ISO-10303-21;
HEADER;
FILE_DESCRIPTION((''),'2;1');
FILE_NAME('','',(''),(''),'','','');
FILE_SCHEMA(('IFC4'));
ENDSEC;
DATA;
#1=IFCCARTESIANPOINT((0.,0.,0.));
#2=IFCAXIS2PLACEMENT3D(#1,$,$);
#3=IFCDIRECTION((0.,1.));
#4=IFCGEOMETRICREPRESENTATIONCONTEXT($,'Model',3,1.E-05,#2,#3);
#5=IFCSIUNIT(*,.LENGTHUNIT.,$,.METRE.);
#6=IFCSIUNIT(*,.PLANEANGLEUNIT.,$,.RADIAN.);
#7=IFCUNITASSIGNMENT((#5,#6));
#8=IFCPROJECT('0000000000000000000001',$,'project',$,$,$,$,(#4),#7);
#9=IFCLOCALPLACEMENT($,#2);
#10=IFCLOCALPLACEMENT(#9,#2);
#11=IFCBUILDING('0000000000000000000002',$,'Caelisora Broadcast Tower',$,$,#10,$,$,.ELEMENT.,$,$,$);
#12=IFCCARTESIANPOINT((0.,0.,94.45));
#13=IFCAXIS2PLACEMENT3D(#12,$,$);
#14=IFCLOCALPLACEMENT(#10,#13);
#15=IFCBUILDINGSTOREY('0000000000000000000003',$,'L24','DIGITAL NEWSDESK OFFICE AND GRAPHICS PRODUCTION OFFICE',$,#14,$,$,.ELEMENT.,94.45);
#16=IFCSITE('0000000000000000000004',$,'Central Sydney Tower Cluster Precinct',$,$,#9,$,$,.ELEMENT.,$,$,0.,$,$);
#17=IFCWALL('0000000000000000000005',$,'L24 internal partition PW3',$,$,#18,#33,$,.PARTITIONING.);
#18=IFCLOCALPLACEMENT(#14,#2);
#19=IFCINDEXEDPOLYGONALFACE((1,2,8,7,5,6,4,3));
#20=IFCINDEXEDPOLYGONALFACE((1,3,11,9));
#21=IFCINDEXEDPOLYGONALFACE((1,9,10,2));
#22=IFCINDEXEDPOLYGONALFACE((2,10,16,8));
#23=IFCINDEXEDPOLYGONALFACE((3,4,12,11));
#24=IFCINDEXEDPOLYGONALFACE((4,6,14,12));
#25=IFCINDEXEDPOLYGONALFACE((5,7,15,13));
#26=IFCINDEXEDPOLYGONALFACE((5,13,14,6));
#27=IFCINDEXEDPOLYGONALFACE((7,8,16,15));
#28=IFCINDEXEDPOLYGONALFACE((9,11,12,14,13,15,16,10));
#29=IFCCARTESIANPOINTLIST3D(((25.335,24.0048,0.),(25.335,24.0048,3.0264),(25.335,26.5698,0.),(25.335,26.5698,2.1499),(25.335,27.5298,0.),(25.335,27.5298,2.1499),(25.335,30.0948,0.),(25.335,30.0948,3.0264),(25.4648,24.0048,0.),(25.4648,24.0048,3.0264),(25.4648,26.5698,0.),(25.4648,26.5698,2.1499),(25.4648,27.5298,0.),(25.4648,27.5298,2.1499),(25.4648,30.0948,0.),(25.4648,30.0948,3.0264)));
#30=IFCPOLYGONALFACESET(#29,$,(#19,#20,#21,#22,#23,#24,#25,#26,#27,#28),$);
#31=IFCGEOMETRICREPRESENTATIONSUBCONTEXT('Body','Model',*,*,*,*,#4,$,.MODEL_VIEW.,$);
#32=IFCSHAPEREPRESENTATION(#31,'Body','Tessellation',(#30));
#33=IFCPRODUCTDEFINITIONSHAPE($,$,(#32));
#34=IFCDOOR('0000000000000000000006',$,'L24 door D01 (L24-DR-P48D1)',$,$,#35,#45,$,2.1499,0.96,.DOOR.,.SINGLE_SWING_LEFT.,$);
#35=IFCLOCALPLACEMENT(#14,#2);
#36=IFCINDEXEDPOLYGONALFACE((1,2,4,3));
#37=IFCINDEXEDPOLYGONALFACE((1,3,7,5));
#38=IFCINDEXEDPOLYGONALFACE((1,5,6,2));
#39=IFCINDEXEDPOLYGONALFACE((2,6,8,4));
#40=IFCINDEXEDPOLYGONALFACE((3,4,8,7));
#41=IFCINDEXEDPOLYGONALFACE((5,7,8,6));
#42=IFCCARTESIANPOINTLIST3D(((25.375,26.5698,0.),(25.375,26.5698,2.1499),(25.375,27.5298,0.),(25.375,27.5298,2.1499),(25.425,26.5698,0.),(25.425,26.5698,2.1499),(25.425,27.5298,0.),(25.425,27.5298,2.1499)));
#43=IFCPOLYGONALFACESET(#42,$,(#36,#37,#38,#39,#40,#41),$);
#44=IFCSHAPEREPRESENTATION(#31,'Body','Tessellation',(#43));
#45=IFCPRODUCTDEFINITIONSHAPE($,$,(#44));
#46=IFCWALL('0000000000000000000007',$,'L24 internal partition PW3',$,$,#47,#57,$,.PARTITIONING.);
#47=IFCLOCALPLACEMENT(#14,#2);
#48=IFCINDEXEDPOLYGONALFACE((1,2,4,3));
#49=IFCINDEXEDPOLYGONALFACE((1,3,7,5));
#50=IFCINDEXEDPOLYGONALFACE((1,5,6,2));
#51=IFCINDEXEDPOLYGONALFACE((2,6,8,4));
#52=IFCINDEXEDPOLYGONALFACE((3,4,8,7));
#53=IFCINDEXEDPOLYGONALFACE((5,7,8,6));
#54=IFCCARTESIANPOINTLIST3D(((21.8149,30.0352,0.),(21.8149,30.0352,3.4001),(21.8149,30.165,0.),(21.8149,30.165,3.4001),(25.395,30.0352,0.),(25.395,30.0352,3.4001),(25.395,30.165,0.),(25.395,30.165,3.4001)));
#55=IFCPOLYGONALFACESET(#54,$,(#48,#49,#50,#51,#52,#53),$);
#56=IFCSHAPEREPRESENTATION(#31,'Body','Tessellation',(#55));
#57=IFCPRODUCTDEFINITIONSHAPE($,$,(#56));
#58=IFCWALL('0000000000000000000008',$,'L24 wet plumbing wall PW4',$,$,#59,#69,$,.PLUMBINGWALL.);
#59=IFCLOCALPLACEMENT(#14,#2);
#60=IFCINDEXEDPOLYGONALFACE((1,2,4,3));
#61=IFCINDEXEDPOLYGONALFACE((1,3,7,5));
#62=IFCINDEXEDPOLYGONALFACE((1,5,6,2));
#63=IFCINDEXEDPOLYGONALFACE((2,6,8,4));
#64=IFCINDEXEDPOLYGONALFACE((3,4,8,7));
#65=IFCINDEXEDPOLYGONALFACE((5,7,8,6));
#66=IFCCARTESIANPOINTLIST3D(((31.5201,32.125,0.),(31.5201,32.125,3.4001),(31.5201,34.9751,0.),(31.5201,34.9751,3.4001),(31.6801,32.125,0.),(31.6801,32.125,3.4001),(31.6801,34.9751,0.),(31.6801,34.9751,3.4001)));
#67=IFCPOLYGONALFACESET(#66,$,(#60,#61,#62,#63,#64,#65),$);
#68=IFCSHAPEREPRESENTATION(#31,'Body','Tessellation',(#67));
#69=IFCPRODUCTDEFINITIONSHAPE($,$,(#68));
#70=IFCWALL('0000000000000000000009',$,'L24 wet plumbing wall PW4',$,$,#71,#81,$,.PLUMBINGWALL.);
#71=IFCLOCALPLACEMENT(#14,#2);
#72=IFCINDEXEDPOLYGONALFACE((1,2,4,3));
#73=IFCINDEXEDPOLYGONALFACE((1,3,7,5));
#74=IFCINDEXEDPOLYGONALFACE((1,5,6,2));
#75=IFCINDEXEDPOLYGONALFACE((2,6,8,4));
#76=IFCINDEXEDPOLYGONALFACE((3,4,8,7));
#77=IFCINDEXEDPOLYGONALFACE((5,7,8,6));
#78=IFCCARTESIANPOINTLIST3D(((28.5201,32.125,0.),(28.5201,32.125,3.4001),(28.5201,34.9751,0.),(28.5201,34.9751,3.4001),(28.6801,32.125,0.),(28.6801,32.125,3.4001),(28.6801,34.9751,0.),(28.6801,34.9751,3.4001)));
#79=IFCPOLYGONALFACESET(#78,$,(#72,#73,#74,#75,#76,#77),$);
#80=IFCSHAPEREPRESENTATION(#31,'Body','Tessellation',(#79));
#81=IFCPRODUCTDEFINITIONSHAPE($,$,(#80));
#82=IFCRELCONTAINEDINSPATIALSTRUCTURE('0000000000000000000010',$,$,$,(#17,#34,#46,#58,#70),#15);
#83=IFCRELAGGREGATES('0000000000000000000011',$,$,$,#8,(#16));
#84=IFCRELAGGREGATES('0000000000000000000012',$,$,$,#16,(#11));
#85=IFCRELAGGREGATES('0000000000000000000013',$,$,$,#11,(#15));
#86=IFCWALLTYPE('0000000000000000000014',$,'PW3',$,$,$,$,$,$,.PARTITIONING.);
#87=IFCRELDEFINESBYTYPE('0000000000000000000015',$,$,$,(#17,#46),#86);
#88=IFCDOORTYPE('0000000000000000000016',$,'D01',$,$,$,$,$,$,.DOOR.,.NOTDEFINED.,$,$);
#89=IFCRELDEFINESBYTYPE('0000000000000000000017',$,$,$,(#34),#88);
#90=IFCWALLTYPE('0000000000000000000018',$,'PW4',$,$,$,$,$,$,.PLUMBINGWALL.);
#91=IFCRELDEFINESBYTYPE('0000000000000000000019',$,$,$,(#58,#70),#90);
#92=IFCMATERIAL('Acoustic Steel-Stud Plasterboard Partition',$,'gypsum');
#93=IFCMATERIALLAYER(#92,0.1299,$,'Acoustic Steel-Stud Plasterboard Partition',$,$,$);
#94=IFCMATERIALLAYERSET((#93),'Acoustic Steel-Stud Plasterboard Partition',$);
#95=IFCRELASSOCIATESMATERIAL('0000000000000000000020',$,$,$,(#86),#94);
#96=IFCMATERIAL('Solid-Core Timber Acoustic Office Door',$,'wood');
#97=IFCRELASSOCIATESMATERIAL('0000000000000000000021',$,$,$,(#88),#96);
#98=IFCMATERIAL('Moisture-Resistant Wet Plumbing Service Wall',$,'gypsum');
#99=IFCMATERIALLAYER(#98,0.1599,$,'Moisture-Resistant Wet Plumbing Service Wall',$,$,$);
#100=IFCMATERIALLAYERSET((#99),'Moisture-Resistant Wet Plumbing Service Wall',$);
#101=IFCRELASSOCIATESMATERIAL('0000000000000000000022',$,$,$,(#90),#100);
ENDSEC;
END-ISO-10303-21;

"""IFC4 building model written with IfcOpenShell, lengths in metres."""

from ifc_helpers import new_model, si_unit, direction, frame, frame_2d, origin, place, context, subcontext, project, spatial, rectangle, extrude, material, layer, layer_set, type_object, element, fill, save


model = new_model("IFC4")

# Units and contexts
model_context = context("Model", 3, precision=1e-05, world=origin(), true_north=direction((0.0, 1.0)))
body_context = subcontext(model_context, "Body", "Model", "MODEL_VIEW")
ifc_project = project(units=[si_unit("LENGTHUNIT", "METRE"), si_unit("PLANEANGLEUNIT", "RADIAN")], contexts=[model_context])

# Site, building, storey
site_placement = place(None, origin())
site = spatial("IfcSite", under=ifc_project, at=site_placement, Name="Central Sydney Tower Cluster Precinct", CompositionType="ELEMENT", RefElevation=0.0)
building_placement = place(site_placement, origin())
building = spatial("IfcBuilding", under=site, at=building_placement, Name="Caelisora Broadcast Tower", CompositionType="ELEMENT")
storey_placement = place(building_placement, frame((0.0, 0.0, 94.45)))
storey = spatial("IfcBuildingStorey", under=building, at=storey_placement, Name="L24", Description="DIGITAL NEWSDESK OFFICE AND GRAPHICS PRODUCTION OFFICE", CompositionType="ELEMENT", Elevation=94.45)

# Wall, opening, door
ifc_material_1 = material(Name="Acoustic Steel-Stud Plasterboard Partition", Category="gypsum")
ifc_layer_1 = layer(ifc_material_1, 0.1299, Name="Acoustic Steel-Stud Plasterboard Partition")
ifc_layer_set_1 = layer_set([ifc_layer_1], Name="Acoustic Steel-Stud Plasterboard Partition")
wall_type_1 = type_object("IfcWallType", Name="PW3", PredefinedType="PARTITIONING", material=ifc_layer_set_1)
wall_1_placement = place(storey_placement, frame((25.3999, 24.0049, 0.0), z_axis=(0.0, 0.0, 1.0), x_axis=(0.0, 1.0, 0.0)))
wall_1 = element("IfcWall", 1, at=wall_1_placement, inside=storey, type_object=wall_type_1, Name="L24 internal partition PW3", PredefinedType="PARTITIONING", context=body_context, shape_type="SweptSolid", body=[
    extrude(rectangle(XDim=6.0901, YDim=0.1299, at=frame_2d((3.0449, 0.0))), origin(), (0.0, 0.0, 1.0), 3.0264),
])
opening_placement = place(wall_1_placement, frame((2.5649, 0.0, 0.0)))
opening = element("IfcOpeningElement", 2, at=opening_placement, cuts=wall_1, PredefinedType="OPENING", context=body_context, shape_type="SweptSolid", body=[
    extrude(rectangle(XDim=0.96, YDim=2.1499, at=frame_2d((0.48, 1.075))), frame((0.0, 0.0769, 0.0), z_axis=(0.0, -1.0, 0.0), x_axis=(1.0, 0.0, 0.0)), (0.0, 0.0, 1.0), 0.1538),
])
ifc_material_2 = material(Name="Solid-Core Timber Acoustic Office Door", Category="wood")
door_type = type_object("IfcDoorType", Name="D01", OperationType="NOTDEFINED", PredefinedType="DOOR", material=ifc_material_2)
door_placement = place(opening_placement, origin())
door = element("IfcDoor", 3, at=door_placement, inside=storey, type_object=door_type, Name="L24 door D01 (L24-DR-P48D1)", OperationType="SINGLE_SWING_LEFT", OverallHeight=2.1499, OverallWidth=0.96, PredefinedType="DOOR", context=body_context, shape_type="SweptSolid", body=[
    extrude(rectangle(XDim=0.96, YDim=2.1499, at=frame_2d((0.48, 1.075))), frame((0.0, 0.0249, 0.0), z_axis=(0.0, -1.0, 0.0), x_axis=(1.0, 0.0, 0.0)), (0.0, 0.0, 1.0), 0.05),
])
fill(opening, door)

# Walls
wall_2_placement = place(storey_placement, frame((25.395, 30.1001, 0.0), z_axis=(0.0, 0.0, 1.0), x_axis=(-1.0, 0.0, 0.0)))
element("IfcWall", 4, at=wall_2_placement, inside=storey, type_object=wall_type_1, Name="L24 internal partition PW3", PredefinedType="PARTITIONING", context=body_context, shape_type="SweptSolid", body=[
    extrude(rectangle(XDim=3.5801, YDim=0.1299, at=frame_2d((1.79, 0.0))), origin(), (0.0, 0.0, 1.0), 3.4001),
])
ifc_material_3 = material(Name="Moisture-Resistant Wet Plumbing Service Wall", Category="gypsum")
ifc_layer_2 = layer(ifc_material_3, 0.1599, Name="Moisture-Resistant Wet Plumbing Service Wall")
ifc_layer_set_2 = layer_set([ifc_layer_2], Name="Moisture-Resistant Wet Plumbing Service Wall")
wall_type_2 = type_object("IfcWallType", Name="PW4", PredefinedType="PLUMBINGWALL", material=ifc_layer_set_2)
for number, where, z_axis, x_axis, name in (
    (5, (31.6001, 32.125, 0.0), (0.0, 0.0, 1.0), (0.0, 1.0, 0.0), "L24 wet plumbing wall PW4"),
    (6, (28.6001, 32.125, 0.0), (0.0, 0.0, 1.0), (0.0, 1.0, 0.0), "L24 wet plumbing wall PW4"),
):
    element("IfcWall", number, at=place(storey_placement, frame(where, z_axis=z_axis, x_axis=x_axis)), inside=storey, type_object=wall_type_2, Name=name, PredefinedType="PLUMBINGWALL", context=body_context, shape_type="SweptSolid", body=[
        extrude(rectangle(XDim=2.8501, YDim=0.1599, at=frame_2d((1.425, 0.0))), origin(), (0.0, 0.0, 1.0), 3.4001),
    ])

save(model, "model.ifc")
